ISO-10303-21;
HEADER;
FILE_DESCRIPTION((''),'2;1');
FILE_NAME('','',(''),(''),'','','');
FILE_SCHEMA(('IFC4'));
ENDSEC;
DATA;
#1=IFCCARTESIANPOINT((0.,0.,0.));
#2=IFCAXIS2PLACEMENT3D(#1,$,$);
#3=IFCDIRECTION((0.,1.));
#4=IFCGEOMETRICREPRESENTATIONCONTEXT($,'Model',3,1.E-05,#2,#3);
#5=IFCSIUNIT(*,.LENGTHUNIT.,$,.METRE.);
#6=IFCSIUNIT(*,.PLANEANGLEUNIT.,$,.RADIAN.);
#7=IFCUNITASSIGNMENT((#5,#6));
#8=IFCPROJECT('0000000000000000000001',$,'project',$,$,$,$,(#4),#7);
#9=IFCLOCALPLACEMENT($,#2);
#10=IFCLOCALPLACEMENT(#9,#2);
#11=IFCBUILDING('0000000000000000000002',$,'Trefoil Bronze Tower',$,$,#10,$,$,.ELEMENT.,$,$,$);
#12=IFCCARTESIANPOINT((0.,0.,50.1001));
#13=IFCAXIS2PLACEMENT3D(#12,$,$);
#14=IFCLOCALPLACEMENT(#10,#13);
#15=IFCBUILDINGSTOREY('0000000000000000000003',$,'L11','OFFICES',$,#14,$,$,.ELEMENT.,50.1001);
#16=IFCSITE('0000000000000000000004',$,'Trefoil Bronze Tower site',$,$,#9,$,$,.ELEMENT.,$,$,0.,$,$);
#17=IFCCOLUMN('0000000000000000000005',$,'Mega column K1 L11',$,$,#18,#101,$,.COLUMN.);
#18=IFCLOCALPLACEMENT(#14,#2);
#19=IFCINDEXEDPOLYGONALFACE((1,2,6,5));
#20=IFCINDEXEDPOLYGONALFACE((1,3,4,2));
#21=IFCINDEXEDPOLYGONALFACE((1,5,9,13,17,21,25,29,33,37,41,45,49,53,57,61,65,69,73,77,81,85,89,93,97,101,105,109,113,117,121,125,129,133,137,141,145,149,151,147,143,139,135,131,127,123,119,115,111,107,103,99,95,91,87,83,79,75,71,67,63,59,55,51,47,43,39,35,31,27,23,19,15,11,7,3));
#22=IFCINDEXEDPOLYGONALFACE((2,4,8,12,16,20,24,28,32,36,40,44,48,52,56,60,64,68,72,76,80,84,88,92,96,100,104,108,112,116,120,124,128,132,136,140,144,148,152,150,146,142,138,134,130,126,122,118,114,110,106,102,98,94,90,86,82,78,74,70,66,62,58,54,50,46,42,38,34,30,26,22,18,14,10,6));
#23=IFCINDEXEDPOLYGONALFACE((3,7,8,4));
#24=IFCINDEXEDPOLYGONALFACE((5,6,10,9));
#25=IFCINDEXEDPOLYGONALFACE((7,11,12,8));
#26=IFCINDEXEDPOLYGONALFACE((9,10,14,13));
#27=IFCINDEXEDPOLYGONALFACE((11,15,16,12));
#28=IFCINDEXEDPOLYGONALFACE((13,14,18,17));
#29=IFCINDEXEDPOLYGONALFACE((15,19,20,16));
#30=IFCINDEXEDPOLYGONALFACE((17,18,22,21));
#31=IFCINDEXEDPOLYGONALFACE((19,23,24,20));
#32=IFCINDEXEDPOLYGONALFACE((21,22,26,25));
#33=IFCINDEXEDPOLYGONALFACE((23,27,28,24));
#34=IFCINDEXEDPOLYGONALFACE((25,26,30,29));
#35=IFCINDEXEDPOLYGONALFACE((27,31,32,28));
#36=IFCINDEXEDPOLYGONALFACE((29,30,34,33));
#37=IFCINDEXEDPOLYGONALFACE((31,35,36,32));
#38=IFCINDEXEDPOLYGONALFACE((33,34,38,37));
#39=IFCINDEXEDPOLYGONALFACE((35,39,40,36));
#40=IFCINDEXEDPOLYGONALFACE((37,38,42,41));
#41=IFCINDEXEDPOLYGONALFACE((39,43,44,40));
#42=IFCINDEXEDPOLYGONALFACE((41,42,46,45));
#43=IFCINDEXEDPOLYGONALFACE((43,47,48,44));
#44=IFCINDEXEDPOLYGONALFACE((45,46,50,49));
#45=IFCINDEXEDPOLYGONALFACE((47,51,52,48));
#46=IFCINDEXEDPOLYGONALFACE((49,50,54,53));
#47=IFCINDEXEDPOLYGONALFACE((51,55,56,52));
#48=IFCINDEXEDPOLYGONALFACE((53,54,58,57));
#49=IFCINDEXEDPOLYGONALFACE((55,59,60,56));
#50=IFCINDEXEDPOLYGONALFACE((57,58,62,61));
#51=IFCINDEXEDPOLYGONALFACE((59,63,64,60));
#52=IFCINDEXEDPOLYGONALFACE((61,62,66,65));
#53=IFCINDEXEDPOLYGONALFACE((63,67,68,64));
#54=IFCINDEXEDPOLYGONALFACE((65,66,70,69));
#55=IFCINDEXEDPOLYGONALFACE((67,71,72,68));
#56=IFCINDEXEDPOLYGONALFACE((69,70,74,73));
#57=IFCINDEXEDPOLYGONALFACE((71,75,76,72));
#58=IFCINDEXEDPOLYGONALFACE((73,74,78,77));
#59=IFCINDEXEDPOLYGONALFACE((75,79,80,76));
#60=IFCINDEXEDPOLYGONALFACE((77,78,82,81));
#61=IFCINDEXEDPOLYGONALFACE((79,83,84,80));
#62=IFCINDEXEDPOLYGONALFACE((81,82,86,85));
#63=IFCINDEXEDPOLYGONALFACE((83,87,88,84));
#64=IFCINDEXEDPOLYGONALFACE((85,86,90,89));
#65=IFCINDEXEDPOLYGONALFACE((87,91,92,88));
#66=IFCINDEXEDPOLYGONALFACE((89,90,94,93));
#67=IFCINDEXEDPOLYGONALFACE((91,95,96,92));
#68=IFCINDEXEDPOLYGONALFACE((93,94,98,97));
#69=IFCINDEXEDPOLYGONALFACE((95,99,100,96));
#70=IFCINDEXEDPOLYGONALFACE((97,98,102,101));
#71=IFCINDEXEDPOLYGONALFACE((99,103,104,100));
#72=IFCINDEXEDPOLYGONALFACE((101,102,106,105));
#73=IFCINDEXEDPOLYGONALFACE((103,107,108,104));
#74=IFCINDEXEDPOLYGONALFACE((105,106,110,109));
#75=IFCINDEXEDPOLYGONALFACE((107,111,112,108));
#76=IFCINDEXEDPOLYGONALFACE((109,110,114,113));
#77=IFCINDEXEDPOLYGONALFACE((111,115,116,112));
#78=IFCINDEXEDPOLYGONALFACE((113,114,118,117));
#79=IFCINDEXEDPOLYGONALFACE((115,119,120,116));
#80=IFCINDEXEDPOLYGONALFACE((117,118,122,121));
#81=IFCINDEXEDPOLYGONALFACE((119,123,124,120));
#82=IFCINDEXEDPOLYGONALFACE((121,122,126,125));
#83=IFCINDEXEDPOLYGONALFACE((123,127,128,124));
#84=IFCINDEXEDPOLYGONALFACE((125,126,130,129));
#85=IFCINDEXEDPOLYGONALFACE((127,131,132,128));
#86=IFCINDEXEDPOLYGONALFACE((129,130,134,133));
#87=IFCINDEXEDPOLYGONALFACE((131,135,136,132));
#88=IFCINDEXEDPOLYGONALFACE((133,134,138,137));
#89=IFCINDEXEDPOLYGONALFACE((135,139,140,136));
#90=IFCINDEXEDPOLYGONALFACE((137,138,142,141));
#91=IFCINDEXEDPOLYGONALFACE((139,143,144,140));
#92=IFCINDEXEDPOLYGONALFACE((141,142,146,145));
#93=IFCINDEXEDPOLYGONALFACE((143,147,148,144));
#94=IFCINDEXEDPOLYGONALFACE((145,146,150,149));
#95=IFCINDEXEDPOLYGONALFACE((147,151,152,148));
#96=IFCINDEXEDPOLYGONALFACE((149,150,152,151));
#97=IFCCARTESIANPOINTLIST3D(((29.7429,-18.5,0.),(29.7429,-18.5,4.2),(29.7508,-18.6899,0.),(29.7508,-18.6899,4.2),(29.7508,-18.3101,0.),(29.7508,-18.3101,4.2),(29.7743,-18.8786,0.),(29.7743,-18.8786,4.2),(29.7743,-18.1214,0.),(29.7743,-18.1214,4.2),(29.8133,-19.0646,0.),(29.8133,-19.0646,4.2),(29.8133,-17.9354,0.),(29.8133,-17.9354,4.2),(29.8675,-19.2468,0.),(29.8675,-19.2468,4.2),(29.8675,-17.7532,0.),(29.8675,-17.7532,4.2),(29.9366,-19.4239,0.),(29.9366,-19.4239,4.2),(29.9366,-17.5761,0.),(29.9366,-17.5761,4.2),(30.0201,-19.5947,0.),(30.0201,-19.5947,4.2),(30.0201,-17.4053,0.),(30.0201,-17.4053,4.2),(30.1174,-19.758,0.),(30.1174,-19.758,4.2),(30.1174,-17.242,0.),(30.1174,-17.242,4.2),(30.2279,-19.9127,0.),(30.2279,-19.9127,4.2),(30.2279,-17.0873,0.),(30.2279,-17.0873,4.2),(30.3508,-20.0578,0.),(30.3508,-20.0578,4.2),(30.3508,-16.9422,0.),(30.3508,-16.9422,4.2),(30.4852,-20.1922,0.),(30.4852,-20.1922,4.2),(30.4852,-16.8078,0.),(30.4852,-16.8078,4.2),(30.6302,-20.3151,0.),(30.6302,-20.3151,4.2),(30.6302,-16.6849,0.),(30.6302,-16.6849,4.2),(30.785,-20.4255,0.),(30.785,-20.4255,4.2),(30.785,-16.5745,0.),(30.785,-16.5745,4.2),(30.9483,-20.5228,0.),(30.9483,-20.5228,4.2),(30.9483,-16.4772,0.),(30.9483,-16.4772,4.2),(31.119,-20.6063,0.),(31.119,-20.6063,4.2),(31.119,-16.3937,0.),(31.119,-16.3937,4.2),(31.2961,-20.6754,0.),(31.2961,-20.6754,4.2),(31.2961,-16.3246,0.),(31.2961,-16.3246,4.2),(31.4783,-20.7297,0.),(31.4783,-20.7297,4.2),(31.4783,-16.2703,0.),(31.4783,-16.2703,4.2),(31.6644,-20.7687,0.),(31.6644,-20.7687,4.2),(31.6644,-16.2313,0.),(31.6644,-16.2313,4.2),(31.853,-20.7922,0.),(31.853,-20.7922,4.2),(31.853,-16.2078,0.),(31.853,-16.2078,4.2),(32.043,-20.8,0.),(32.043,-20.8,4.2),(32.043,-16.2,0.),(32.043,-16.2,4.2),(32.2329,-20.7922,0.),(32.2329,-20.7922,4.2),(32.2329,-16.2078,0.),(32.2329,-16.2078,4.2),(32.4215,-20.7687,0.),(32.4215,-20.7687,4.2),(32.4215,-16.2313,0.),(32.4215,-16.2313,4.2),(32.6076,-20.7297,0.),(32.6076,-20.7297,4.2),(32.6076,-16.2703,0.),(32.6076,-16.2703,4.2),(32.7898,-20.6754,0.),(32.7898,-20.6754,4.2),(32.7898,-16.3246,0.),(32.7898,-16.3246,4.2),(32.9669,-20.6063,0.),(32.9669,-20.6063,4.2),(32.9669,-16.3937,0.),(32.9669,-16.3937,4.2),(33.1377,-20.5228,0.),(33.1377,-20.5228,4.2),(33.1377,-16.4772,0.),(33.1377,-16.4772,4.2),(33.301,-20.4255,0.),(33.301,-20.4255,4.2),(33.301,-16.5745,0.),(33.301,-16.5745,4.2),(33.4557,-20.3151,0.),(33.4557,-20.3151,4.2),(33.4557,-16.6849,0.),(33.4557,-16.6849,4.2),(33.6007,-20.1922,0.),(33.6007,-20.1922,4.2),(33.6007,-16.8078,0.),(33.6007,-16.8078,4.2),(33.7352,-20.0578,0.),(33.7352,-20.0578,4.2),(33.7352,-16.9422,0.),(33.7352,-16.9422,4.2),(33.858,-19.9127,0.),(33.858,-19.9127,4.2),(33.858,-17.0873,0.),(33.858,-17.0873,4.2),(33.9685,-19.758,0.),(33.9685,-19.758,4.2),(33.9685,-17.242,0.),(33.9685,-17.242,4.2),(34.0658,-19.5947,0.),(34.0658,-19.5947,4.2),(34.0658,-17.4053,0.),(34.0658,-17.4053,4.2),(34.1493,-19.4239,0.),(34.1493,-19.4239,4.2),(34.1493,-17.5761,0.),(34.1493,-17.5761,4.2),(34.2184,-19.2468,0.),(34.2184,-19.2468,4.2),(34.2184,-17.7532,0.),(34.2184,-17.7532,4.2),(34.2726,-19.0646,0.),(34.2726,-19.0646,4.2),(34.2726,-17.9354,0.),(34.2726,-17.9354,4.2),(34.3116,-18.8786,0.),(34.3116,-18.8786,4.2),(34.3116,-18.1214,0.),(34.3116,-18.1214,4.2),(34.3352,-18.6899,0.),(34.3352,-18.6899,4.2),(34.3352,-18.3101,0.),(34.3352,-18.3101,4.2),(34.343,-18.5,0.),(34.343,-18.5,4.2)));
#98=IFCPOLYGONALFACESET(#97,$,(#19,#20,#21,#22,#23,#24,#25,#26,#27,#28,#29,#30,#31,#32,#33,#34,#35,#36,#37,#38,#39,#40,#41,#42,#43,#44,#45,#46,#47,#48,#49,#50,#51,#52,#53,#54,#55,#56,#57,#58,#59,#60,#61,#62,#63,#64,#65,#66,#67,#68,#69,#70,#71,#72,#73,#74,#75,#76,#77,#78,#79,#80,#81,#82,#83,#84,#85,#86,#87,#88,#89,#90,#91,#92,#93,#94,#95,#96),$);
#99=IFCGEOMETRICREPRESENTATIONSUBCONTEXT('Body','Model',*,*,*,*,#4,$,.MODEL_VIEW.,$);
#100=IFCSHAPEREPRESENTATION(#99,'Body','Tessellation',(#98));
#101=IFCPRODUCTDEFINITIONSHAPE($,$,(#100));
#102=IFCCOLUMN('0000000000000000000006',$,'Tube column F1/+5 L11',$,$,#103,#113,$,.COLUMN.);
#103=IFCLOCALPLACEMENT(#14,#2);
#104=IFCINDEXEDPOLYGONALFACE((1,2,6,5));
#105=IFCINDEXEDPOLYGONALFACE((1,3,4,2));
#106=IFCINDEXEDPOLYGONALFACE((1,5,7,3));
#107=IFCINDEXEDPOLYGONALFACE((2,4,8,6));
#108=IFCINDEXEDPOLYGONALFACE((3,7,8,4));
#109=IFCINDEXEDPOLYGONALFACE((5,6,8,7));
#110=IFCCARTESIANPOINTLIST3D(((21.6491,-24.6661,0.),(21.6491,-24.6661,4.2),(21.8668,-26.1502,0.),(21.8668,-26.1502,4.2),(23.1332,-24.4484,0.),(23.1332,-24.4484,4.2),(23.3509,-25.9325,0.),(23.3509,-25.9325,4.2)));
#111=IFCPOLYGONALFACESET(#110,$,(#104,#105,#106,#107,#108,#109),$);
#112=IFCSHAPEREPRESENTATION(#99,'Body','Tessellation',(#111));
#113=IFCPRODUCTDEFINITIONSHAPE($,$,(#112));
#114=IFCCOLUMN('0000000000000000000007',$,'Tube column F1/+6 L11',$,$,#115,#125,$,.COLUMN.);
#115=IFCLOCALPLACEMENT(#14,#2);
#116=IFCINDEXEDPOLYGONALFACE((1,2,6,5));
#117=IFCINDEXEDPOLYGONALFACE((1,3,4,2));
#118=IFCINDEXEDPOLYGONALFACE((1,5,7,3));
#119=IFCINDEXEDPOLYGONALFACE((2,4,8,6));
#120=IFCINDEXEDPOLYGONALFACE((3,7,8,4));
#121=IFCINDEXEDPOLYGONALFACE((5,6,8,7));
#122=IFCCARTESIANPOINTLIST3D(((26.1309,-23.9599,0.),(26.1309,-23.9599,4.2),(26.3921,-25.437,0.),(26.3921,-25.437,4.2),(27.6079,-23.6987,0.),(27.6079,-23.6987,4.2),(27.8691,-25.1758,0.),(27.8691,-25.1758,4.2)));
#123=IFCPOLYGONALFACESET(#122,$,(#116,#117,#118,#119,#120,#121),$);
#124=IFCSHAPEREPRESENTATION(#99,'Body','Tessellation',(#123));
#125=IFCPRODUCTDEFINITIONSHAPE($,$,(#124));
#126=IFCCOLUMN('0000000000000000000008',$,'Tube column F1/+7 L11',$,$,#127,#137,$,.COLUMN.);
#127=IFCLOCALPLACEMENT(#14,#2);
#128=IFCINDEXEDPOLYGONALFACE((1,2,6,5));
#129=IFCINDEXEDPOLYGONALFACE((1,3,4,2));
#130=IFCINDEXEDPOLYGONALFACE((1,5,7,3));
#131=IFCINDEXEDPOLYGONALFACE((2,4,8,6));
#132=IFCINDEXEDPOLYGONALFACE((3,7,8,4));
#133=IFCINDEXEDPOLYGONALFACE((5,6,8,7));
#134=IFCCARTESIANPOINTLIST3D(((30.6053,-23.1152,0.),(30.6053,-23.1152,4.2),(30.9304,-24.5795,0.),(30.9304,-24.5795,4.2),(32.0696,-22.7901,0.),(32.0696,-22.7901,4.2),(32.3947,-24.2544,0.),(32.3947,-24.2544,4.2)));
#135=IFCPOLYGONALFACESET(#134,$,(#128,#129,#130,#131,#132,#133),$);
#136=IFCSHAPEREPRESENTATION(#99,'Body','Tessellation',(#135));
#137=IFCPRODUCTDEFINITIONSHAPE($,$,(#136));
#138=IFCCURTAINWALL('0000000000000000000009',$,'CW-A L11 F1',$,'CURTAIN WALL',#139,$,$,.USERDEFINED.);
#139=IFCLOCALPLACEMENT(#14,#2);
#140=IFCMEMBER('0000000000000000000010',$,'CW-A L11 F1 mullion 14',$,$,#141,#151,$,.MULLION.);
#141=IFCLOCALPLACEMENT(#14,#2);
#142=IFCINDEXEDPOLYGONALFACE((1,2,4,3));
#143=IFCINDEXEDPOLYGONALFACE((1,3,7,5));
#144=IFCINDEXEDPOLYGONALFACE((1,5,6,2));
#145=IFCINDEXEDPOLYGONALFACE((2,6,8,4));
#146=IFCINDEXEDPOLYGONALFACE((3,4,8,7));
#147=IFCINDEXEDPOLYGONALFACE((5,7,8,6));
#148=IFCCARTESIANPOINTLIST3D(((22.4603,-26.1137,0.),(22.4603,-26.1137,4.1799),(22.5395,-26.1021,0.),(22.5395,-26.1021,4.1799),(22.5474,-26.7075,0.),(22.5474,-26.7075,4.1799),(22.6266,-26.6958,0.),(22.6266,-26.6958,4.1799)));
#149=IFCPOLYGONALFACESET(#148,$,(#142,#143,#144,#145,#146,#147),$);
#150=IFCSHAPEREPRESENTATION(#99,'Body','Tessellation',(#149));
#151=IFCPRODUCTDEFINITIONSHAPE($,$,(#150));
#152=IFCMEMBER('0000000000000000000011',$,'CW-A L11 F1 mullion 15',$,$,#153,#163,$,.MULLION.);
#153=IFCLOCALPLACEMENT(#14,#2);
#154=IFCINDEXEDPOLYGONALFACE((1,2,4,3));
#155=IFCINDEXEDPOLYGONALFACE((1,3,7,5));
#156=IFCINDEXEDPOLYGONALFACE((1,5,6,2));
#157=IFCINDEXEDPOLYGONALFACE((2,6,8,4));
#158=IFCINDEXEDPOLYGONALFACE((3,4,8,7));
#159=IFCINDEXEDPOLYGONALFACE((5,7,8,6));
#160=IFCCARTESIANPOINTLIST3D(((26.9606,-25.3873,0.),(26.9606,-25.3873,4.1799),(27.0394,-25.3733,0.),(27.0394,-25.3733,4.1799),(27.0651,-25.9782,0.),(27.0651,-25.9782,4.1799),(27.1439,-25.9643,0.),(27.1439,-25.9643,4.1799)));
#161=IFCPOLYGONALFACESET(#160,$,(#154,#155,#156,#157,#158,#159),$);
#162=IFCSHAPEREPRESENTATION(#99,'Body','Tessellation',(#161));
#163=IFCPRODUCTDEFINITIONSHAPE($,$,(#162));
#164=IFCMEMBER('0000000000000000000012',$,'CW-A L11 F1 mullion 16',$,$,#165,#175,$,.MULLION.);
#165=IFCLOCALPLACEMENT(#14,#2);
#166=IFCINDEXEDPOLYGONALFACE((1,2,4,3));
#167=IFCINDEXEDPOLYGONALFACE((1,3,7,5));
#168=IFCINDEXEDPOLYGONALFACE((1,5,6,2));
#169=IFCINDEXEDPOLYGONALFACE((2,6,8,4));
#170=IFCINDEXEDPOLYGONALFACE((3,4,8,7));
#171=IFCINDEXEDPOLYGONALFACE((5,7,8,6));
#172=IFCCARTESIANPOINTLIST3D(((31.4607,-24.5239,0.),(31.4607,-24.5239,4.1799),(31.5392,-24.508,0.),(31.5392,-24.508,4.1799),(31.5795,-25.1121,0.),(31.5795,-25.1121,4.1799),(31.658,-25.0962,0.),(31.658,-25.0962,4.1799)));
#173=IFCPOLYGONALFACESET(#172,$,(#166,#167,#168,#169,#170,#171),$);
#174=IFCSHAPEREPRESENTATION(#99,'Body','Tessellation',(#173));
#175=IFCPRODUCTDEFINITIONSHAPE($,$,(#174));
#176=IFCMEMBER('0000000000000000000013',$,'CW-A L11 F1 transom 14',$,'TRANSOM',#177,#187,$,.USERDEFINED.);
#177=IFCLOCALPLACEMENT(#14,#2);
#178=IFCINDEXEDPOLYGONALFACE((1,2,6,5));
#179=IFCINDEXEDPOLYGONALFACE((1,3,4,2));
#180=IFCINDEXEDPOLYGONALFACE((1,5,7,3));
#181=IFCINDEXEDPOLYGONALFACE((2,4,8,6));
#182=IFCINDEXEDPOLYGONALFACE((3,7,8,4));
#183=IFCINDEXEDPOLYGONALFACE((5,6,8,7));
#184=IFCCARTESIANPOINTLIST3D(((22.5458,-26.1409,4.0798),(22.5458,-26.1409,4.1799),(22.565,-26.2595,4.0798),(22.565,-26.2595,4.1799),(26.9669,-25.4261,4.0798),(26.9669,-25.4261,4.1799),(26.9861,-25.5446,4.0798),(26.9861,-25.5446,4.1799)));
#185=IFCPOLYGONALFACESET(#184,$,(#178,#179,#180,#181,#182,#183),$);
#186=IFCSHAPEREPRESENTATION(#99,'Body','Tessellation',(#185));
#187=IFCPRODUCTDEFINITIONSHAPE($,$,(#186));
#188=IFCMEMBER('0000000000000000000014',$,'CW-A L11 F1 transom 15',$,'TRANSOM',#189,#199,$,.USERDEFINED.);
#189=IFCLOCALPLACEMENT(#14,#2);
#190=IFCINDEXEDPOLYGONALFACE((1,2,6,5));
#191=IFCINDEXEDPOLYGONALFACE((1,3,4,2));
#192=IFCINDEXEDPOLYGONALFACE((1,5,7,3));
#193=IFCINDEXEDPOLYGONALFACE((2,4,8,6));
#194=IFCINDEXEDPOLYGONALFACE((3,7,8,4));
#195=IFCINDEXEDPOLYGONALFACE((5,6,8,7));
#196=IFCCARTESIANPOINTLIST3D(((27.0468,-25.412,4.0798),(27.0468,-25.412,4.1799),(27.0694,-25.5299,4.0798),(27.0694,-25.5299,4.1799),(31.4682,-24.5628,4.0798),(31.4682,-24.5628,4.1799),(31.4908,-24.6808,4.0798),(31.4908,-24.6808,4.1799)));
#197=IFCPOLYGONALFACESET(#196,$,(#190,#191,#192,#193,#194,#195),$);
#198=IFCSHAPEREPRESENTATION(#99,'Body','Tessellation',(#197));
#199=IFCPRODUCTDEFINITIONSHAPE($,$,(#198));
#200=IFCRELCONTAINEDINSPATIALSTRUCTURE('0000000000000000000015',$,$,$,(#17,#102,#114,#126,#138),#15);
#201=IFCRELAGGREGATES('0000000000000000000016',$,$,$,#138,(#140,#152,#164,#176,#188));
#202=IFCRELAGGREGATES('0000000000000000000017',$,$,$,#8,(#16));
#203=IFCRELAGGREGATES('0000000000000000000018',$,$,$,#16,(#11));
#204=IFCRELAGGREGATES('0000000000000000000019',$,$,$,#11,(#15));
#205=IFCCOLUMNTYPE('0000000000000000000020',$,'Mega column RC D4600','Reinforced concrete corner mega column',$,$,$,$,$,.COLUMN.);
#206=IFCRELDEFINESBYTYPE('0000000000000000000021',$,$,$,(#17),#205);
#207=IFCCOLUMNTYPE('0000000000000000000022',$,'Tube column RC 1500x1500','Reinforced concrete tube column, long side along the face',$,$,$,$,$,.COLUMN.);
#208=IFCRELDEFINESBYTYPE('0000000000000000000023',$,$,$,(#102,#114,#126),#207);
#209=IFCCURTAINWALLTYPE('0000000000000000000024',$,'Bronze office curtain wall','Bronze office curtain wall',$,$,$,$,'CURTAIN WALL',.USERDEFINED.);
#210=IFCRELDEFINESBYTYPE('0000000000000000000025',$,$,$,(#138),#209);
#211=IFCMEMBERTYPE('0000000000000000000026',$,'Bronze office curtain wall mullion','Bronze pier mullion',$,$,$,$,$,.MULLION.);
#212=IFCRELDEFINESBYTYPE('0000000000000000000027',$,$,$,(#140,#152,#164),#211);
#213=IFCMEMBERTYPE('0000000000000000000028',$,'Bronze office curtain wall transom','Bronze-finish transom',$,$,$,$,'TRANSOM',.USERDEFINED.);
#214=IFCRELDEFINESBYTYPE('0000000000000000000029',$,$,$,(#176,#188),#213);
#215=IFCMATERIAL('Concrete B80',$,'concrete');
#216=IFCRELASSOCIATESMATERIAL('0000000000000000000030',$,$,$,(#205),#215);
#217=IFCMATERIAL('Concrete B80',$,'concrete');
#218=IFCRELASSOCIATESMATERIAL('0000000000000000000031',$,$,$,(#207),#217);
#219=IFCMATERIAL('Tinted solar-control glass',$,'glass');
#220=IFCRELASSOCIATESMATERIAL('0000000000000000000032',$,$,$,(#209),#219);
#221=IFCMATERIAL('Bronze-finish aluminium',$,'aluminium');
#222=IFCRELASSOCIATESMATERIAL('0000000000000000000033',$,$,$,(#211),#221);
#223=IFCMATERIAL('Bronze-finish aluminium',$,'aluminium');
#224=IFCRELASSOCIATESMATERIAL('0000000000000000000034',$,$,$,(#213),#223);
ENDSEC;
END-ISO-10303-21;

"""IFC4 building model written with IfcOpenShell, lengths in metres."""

from ifc_helpers import new_model, si_unit, direction, frame, origin, origin_2d, place, context, subcontext, project, spatial, rectangle, circle, extrude, material, material_profile, profile_set, type_object, element, aggregate, save


model = new_model("IFC4")

# Units and contexts
model_context = context("Model", 3, precision=1e-05, world=origin(), true_north=direction((0.0, 1.0)))
body_context = subcontext(model_context, "Body", "Model", "MODEL_VIEW")
ifc_project = project(units=[si_unit("LENGTHUNIT", "METRE"), si_unit("PLANEANGLEUNIT", "RADIAN")], contexts=[model_context])

# Site, building, storey
site_placement = place(None, origin())
site = spatial("IfcSite", under=ifc_project, at=site_placement, Name="Trefoil Bronze Tower site", CompositionType="ELEMENT", RefElevation=0.0)
building_placement = place(site_placement, origin())
building = spatial("IfcBuilding", under=site, at=building_placement, Name="Trefoil Bronze Tower", CompositionType="ELEMENT")
storey_placement = place(building_placement, frame((0.0, 0.0, 50.1001)))
storey = spatial("IfcBuildingStorey", under=building, at=storey_placement, Name="L11", Description="OFFICES", CompositionType="ELEMENT", Elevation=50.1001)

# Columns
ifc_material_1 = material(Name="Concrete B80", Category="concrete")
ifc_material_profile_1 = material_profile(ifc_material_1, circle(Radius=2.3, at=origin_2d()), Name="RC D4600")
ifc_profile_set_1 = profile_set([ifc_material_profile_1], Name="Concrete B80")
column_type_1 = type_object("IfcColumnType", Name="Mega column RC D4600", Description="Reinforced concrete corner mega column", PredefinedType="COLUMN", material=ifc_profile_set_1)
column_placement = place(storey_placement, frame((32.043, -18.5, 0.0), z_axis=(0.0, 0.0, 1.0), x_axis=(1.0, 0.0, 0.0)))
element("IfcColumn", 1, at=column_placement, inside=storey, type_object=column_type_1, Name="Mega column K1 L11", PredefinedType="COLUMN", context=body_context, shape_type="SweptSolid", body=[
    extrude(circle(Radius=2.3, at=origin_2d()), origin(), (0.0, 0.0, 1.0), 4.2),
])
ifc_material_2 = material(Name="Concrete B80", Category="concrete")
ifc_material_profile_2 = material_profile(ifc_material_2, rectangle(XDim=1.5, YDim=1.5, at=origin_2d()), Name="RC 1500x1500")
ifc_profile_set_2 = profile_set([ifc_material_profile_2], Name="Concrete B80")
column_type_2 = type_object("IfcColumnType", Name="Tube column RC 1500x1500", Description="Reinforced concrete tube column, long side along the face", PredefinedType="COLUMN", material=ifc_profile_set_2)
for number, where, z_axis, x_axis, name in (
    (2, (22.5, -25.2993, 0.0), (0.0, 0.0, 1.0), (0.989416, 0.145109, 0.0), "Tube column F1/+5 L11"),
    (3, (27.0, -24.5679, 0.0), (0.0, 0.0, 1.0), (0.984722, 0.174131, 0.0), "Tube column F1/+6 L11"),
    (4, (31.5, -23.6848, 0.0), (0.0, 0.0, 1.0), (0.97623, 0.216739, 0.0), "Tube column F1/+7 L11"),
):
    element("IfcColumn", number, at=place(storey_placement, frame(where, z_axis=z_axis, x_axis=x_axis)), inside=storey, type_object=column_type_2, Name=name, PredefinedType="COLUMN", context=body_context, shape_type="SweptSolid", body=[
        extrude(rectangle(XDim=1.5, YDim=1.5, at=origin_2d()), origin(), (0.0, 0.0, 1.0), 4.2),
    ])

# Curtain wall, members
ifc_material_3 = material(Name="Tinted solar-control glass", Category="glass")
curtain_wall_type_1 = type_object("IfcCurtainWallType", Name="Bronze office curtain wall", Description="Bronze office curtain wall", ElementType="CURTAIN WALL", PredefinedType="USERDEFINED", material=ifc_material_3)
curtain_wall_1_placement = place(storey_placement, origin())
curtain_wall_1 = element("IfcCurtainWall", 5, at=curtain_wall_1_placement, inside=storey, type_object=curtain_wall_type_1, Name="CW-A L11 F1", ObjectType="CURTAIN WALL", PredefinedType="USERDEFINED")
ifc_material_4 = material(Name="Bronze-finish aluminium", Category="aluminium")
ifc_material_profile_3 = material_profile(ifc_material_4, rectangle(XDim=0.6001, YDim=0.0801, at=origin_2d()), Name="CW-A mullion")
ifc_profile_set_3 = profile_set([ifc_material_profile_3], Name="Bronze-finish aluminium")
member_type_1 = type_object("IfcMemberType", Name="Bronze office curtain wall mullion", Description="Bronze pier mullion", PredefinedType="MULLION", material=ifc_profile_set_3)
member_1_placement = place(storey_placement, frame((22.5435, -26.4048, 0.0), z_axis=(0.0, 0.0, 1.0), x_axis=(-0.145109, 0.989416, 0.0)))
member_1 = element("IfcMember", 6, at=member_1_placement, type_object=member_type_1, Name="CW-A L11 F1 mullion 14", PredefinedType="MULLION", context=body_context, shape_type="SweptSolid", body=[
    extrude(rectangle(XDim=0.6001, YDim=0.0801, at=origin_2d()), origin(), (0.0, 0.0, 1.0), 4.1799),
])
member_2_placement = place(storey_placement, frame((27.0522, -25.6758, 0.0), z_axis=(0.0, 0.0, 1.0), x_axis=(-0.174131, 0.984722, 0.0)))
member_2 = element("IfcMember", 7, at=member_2_placement, type_object=member_type_1, Name="CW-A L11 F1 mullion 15", PredefinedType="MULLION", context=body_context, shape_type="SweptSolid", body=[
    extrude(rectangle(XDim=0.6001, YDim=0.0801, at=origin_2d()), origin(), (0.0, 0.0, 1.0), 4.1799),
])
member_3_placement = place(storey_placement, frame((31.5593, -24.8101, 0.0), z_axis=(0.0, 0.0, 1.0), x_axis=(-0.19791, 0.98022, 0.0)))
member_3 = element("IfcMember", 8, at=member_3_placement, type_object=member_type_1, Name="CW-A L11 F1 mullion 16", PredefinedType="MULLION", context=body_context, shape_type="SweptSolid", body=[
    extrude(rectangle(XDim=0.6001, YDim=0.0801, at=origin_2d()), origin(), (0.0, 0.0, 1.0), 4.1799),
])
ifc_material_5 = material(Name="Bronze-finish aluminium", Category="aluminium")
ifc_material_profile_4 = material_profile(ifc_material_5, rectangle(XDim=0.1201, YDim=0.1001, at=origin_2d()), Name="CW-A transom")
ifc_profile_set_4 = profile_set([ifc_material_profile_4], Name="Bronze-finish aluminium")
member_type_2 = type_object("IfcMemberType", Name="Bronze office curtain wall transom", Description="Bronze-finish transom", ElementType="TRANSOM", PredefinedType="USERDEFINED", material=ifc_profile_set_4)
member_4_placement = place(storey_placement, frame((22.5554, -26.2002, 4.1299), z_axis=(0.987179, 0.159615, 0.0), x_axis=(-0.159615, 0.987179, 0.0)))
member_4 = element("IfcMember", 9, at=member_4_placement, type_object=member_type_2, Name="CW-A L11 F1 transom 14", ObjectType="TRANSOM", PredefinedType="USERDEFINED", context=body_context, shape_type="SweptSolid", body=[
    extrude(rectangle(XDim=0.1201, YDim=0.1001, at=origin_2d()), origin(), (0.0, 0.0, 1.0), 4.4785),
])
member_5_placement = place(storey_placement, frame((27.0581, -25.4709, 4.1299), z_axis=(0.982054, 0.188602, 0.0), x_axis=(-0.188602, 0.982054, 0.0)))
member_5 = element("IfcMember", 10, at=member_5_placement, type_object=member_type_2, Name="CW-A L11 F1 transom 15", ObjectType="TRANSOM", PredefinedType="USERDEFINED", context=body_context, shape_type="SweptSolid", body=[
    extrude(rectangle(XDim=0.1201, YDim=0.1001, at=origin_2d()), origin(), (0.0, 0.0, 1.0), 4.5022),
])

aggregate(curtain_wall_1, [member_1, member_2, member_3, member_4, member_5])

save(model, "model.ifc")
